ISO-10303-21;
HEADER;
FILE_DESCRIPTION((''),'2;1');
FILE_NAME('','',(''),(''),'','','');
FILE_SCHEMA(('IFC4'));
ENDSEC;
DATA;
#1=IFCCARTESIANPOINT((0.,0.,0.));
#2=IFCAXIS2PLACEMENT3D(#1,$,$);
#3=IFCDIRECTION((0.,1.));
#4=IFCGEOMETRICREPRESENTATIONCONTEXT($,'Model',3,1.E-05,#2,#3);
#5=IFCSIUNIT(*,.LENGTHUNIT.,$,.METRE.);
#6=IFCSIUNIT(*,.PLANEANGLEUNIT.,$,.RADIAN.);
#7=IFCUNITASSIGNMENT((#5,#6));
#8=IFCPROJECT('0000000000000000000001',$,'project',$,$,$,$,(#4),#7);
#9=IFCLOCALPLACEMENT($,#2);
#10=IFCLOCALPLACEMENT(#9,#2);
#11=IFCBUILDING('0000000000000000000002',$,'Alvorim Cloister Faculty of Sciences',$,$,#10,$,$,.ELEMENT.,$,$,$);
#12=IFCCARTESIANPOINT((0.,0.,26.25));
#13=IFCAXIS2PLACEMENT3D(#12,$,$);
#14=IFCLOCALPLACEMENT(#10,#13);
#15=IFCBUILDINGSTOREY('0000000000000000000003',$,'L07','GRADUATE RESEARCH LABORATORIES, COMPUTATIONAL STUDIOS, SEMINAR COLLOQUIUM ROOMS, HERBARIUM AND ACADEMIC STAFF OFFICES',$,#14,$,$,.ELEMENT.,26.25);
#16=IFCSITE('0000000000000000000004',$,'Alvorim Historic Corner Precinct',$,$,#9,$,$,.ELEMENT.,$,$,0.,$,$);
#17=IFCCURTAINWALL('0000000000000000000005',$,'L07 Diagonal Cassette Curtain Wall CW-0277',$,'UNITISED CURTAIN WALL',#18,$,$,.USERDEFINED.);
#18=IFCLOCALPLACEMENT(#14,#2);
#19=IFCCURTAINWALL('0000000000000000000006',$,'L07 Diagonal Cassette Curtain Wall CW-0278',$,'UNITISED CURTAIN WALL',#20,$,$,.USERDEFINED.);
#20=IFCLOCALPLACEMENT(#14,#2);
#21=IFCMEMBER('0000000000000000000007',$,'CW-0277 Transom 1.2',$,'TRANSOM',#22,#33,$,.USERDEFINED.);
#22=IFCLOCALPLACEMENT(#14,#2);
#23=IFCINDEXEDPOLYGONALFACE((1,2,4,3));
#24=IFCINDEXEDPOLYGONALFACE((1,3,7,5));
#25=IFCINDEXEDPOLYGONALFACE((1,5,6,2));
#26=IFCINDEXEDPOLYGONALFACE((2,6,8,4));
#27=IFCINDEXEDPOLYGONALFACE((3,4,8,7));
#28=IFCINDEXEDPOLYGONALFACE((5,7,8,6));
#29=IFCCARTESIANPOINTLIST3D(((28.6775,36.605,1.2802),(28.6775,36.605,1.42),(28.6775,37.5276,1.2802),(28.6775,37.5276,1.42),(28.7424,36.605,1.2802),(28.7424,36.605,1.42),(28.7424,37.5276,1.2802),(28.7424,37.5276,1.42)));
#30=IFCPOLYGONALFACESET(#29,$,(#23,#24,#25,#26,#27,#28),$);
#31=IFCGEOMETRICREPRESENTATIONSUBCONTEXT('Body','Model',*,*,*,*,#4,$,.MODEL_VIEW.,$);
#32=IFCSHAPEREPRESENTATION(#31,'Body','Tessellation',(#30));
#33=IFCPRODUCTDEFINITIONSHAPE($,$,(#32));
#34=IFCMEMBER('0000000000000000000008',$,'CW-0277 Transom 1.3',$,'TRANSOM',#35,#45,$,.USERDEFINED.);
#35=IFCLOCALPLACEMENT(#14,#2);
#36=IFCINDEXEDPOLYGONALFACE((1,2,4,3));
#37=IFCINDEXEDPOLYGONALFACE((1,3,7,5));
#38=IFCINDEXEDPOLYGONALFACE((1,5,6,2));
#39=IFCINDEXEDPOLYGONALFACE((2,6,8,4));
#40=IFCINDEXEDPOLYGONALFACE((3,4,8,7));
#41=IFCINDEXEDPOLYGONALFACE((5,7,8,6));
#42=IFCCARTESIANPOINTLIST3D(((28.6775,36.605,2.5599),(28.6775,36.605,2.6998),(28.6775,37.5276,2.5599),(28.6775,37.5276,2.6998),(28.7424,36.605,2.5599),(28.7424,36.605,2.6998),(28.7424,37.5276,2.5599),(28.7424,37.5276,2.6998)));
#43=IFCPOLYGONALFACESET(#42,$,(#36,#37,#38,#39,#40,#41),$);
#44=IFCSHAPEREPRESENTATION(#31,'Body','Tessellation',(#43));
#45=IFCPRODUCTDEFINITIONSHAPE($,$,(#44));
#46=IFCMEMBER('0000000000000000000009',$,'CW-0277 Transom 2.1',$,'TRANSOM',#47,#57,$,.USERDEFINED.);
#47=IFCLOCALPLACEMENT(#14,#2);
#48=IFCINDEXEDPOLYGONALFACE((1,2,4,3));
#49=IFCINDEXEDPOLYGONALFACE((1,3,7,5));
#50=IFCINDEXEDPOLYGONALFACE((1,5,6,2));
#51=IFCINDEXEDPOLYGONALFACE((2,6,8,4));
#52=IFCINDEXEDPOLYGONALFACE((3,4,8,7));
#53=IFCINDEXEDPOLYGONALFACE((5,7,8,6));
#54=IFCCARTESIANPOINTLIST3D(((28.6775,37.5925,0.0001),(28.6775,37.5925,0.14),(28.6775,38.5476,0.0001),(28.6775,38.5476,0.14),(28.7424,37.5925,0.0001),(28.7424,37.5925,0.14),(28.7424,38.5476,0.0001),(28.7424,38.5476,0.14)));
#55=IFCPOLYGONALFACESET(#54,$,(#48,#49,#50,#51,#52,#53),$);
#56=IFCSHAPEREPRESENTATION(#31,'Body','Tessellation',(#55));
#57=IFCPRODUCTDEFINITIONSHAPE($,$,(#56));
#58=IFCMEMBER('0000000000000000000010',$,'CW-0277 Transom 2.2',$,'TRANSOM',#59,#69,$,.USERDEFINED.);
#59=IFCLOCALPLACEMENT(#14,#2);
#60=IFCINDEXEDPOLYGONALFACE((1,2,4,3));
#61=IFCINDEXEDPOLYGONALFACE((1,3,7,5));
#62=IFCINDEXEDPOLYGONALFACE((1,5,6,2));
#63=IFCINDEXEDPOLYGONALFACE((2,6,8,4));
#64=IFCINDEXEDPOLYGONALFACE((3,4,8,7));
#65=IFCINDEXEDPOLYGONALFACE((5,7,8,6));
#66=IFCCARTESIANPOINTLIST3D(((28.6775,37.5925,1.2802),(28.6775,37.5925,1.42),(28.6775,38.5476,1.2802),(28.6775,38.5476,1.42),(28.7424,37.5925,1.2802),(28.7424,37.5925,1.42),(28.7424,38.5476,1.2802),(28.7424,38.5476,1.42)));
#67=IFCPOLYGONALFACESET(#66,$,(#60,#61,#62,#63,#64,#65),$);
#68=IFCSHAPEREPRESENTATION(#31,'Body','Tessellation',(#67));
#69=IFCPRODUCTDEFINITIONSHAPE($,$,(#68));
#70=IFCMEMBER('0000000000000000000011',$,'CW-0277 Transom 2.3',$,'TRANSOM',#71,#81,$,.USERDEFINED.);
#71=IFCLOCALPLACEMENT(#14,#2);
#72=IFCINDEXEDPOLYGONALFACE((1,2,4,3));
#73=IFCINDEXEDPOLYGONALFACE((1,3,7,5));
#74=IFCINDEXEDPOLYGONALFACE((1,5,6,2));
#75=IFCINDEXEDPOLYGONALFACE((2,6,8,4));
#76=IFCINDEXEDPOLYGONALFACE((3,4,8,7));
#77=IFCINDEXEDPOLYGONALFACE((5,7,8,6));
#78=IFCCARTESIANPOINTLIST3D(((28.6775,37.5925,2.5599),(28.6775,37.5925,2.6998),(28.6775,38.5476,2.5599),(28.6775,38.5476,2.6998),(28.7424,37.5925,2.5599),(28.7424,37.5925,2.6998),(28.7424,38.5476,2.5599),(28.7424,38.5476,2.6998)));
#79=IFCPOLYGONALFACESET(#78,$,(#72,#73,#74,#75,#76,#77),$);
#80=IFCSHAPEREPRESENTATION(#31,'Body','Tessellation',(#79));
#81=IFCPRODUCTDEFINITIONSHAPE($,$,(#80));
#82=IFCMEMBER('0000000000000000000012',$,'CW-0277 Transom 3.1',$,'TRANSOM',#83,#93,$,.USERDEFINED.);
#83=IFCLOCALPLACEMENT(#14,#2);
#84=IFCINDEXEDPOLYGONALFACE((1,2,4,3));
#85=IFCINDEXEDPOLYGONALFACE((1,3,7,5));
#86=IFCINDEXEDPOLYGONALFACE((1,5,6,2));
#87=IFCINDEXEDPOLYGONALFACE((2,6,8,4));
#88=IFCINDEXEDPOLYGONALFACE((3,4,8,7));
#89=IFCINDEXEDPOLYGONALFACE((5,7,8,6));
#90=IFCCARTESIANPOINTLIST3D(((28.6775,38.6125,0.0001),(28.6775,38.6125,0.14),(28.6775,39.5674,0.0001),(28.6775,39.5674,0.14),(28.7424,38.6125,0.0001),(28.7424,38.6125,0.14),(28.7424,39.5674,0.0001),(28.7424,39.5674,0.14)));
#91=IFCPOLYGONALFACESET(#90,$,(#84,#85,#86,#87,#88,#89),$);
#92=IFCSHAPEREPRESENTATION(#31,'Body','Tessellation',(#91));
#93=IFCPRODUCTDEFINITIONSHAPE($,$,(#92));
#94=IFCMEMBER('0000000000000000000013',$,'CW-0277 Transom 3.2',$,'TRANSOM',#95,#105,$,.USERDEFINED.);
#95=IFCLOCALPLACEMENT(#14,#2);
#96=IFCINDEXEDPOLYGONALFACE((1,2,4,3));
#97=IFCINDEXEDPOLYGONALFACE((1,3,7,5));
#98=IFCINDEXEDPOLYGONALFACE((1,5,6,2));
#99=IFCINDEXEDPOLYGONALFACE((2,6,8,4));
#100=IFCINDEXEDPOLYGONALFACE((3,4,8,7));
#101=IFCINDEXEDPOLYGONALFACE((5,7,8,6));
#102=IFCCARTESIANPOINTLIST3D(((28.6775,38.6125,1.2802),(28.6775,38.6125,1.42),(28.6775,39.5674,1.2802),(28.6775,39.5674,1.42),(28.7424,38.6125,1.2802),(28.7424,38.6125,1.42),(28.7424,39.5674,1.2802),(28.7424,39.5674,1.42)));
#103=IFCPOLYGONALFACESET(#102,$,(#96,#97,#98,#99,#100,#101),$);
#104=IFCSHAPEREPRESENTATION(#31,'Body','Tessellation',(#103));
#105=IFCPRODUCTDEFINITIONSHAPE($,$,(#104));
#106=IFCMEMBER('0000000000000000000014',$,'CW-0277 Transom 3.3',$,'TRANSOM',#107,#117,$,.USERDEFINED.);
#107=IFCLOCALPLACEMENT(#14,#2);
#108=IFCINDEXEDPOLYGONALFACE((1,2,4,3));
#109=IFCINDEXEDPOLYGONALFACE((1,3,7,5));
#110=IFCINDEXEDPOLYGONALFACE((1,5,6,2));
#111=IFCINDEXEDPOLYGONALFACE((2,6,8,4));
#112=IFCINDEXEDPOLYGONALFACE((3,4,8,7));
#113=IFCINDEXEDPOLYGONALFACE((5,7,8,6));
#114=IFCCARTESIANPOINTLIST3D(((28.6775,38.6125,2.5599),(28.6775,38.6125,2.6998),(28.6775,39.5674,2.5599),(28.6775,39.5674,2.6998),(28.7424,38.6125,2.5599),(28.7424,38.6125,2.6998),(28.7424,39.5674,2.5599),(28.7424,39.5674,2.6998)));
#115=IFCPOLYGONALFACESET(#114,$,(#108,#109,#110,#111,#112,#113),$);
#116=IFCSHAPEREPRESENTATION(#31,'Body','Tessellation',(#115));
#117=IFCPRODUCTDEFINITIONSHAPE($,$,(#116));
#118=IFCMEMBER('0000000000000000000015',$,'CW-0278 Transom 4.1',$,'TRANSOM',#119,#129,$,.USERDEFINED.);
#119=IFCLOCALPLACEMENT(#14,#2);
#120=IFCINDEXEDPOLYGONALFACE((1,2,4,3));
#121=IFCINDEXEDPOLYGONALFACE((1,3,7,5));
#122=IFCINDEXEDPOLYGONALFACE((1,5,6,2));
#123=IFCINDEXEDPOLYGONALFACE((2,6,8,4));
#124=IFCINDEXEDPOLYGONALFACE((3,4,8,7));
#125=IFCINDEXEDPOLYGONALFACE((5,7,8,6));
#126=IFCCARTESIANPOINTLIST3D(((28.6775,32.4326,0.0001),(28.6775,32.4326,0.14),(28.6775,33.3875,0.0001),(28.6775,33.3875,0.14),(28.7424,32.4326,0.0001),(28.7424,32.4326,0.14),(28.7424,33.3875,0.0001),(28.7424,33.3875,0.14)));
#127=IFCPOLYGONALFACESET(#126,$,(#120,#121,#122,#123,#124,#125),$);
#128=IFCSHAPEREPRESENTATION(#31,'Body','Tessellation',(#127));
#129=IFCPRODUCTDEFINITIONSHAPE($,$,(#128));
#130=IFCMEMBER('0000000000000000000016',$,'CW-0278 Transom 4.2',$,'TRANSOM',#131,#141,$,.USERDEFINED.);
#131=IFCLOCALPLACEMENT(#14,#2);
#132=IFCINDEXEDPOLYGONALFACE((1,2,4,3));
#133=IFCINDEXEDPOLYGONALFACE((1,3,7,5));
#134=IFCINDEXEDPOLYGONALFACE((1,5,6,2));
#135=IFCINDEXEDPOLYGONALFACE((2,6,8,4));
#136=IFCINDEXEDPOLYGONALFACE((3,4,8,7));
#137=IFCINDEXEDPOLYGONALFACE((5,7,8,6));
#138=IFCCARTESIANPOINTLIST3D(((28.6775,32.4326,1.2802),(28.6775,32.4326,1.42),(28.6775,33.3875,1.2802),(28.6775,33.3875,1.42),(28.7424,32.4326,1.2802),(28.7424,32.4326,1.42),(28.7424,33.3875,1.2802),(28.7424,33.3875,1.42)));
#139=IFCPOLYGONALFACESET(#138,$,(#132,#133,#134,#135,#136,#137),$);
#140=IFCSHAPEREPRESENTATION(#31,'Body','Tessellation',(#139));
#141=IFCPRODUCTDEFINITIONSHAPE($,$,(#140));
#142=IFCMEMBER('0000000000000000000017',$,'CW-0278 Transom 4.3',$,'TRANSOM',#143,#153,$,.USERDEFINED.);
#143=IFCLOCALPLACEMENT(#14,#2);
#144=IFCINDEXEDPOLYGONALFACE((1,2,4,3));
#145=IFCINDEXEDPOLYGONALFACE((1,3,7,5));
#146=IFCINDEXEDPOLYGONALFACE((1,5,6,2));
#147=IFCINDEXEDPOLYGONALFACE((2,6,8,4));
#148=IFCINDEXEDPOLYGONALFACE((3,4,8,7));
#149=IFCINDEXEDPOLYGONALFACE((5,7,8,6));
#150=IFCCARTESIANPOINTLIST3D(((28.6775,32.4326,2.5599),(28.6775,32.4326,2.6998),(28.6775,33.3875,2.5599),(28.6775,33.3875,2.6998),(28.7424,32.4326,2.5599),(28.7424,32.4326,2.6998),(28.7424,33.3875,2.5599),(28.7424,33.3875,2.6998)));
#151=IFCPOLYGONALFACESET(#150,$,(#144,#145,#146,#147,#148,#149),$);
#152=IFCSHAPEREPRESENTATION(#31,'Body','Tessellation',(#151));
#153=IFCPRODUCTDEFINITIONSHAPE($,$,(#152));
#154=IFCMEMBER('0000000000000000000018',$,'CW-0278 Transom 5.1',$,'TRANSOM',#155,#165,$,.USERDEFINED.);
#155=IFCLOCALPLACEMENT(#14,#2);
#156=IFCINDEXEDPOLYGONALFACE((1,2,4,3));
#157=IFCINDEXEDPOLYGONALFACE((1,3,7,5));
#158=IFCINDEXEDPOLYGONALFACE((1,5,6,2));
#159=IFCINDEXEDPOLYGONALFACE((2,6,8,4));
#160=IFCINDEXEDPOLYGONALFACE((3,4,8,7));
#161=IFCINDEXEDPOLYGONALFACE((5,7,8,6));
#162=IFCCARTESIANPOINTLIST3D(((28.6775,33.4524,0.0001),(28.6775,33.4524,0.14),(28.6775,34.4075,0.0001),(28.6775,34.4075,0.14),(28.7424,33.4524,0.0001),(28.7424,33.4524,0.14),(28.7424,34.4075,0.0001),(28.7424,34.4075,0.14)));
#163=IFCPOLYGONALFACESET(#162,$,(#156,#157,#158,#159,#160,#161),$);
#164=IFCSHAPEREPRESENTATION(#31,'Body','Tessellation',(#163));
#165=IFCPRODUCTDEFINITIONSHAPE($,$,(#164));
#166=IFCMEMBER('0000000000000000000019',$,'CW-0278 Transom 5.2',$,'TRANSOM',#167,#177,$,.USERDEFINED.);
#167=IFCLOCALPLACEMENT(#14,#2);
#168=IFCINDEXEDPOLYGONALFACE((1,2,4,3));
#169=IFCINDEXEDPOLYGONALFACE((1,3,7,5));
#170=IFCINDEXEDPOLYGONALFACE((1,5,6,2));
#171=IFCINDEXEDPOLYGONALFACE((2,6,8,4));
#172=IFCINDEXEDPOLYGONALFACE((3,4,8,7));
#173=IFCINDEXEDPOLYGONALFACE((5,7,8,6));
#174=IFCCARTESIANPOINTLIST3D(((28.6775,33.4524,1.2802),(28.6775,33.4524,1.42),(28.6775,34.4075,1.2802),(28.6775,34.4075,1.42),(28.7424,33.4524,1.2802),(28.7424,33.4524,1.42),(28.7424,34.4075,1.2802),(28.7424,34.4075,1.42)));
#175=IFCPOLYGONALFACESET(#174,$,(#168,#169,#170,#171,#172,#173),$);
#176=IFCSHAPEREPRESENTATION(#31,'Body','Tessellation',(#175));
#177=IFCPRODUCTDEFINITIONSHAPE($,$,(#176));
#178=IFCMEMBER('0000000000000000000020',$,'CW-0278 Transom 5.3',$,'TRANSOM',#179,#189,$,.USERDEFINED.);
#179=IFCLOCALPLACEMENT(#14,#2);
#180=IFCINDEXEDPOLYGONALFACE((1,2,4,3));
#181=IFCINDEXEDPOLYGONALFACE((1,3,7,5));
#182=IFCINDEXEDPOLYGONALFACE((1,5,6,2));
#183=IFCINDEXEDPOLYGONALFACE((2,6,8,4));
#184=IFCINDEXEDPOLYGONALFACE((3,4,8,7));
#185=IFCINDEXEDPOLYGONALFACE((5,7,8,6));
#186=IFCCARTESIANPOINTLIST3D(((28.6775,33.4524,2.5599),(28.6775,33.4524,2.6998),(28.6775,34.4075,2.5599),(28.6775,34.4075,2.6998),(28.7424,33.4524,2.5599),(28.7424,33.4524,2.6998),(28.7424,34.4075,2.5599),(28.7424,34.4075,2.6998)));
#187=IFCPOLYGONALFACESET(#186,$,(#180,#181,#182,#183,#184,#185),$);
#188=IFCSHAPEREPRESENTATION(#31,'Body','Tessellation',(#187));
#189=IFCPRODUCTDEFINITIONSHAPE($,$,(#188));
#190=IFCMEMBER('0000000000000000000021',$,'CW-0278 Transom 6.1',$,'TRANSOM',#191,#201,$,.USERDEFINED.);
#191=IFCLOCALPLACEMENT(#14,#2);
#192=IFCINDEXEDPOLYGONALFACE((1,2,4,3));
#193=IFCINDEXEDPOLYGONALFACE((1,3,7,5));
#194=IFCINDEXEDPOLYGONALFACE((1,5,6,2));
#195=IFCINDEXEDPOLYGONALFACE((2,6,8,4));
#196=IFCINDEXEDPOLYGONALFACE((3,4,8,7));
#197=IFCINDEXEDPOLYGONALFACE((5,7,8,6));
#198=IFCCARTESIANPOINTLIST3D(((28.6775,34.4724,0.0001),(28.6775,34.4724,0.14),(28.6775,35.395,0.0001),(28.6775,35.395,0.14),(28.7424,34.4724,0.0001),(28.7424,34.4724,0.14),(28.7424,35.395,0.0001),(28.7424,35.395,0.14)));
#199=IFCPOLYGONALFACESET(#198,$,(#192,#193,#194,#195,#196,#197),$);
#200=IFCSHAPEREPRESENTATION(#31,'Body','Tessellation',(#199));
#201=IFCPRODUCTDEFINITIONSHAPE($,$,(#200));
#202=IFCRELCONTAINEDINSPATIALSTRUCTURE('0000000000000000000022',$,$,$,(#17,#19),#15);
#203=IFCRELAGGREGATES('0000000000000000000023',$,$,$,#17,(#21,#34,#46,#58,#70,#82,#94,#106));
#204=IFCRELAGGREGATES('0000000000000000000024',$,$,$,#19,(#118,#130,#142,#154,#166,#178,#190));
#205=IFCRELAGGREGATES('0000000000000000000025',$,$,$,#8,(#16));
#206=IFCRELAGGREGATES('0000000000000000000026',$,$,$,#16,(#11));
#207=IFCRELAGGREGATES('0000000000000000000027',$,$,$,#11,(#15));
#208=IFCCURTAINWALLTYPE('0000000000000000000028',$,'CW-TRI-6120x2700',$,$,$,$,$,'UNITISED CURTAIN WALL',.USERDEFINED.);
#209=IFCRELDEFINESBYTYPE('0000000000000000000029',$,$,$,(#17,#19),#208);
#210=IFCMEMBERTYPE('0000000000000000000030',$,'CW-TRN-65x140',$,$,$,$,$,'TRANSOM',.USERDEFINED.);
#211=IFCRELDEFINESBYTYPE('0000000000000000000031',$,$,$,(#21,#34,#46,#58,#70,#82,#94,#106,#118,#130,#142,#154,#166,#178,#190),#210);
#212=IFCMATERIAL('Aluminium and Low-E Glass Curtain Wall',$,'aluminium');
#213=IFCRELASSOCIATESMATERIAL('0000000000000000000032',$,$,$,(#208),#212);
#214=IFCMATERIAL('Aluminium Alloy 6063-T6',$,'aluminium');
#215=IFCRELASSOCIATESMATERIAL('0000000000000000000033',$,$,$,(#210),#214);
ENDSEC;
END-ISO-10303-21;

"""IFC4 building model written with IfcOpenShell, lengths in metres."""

from ifc_helpers import new_model, si_unit, direction, frame, origin, origin_2d, place, context, subcontext, project, spatial, rectangle, extrude, material, material_profile, profile_set, type_object, element, aggregate, save


model = new_model("IFC4")

# Units and contexts
model_context = context("Model", 3, precision=1e-05, world=origin(), true_north=direction((0.0, 1.0)))
body_context = subcontext(model_context, "Body", "Model", "MODEL_VIEW")
ifc_project = project(units=[si_unit("LENGTHUNIT", "METRE"), si_unit("PLANEANGLEUNIT", "RADIAN")], contexts=[model_context])

# Site, building, storey
site_placement = place(None, origin())
site = spatial("IfcSite", under=ifc_project, at=site_placement, Name="Alvorim Historic Corner Precinct", CompositionType="ELEMENT", RefElevation=0.0)
building_placement = place(site_placement, origin())
building = spatial("IfcBuilding", under=site, at=building_placement, Name="Alvorim Cloister Faculty of Sciences", CompositionType="ELEMENT")
storey_placement = place(building_placement, frame((0.0, 0.0, 26.25)))
storey = spatial("IfcBuildingStorey", under=building, at=storey_placement, Name="L07", Description="GRADUATE RESEARCH LABORATORIES, COMPUTATIONAL STUDIOS, SEMINAR COLLOQUIUM ROOMS, HERBARIUM AND ACADEMIC STAFF OFFICES", CompositionType="ELEMENT", Elevation=26.25)

# Curtain walls
ifc_material_1 = material(Name="Aluminium and Low-E Glass Curtain Wall", Category="aluminium")
curtain_wall_type = type_object("IfcCurtainWallType", Name="CW-TRI-6120x2700", ElementType="UNITISED CURTAIN WALL", PredefinedType="USERDEFINED", material=ifc_material_1)
curtain_wall_1_placement = place(storey_placement, origin())
curtain_wall_1 = element("IfcCurtainWall", 1, at=curtain_wall_1_placement, inside=storey, type_object=curtain_wall_type, Name="L07 Diagonal Cassette Curtain Wall CW-0277", ObjectType="UNITISED CURTAIN WALL", PredefinedType="USERDEFINED")
ifc_material_2 = material(Name="Aluminium Alloy 6063-T6", Category="aluminium")
curtain_wall_2_placement = place(storey_placement, origin())
curtain_wall_2 = element("IfcCurtainWall", 2, at=curtain_wall_2_placement, inside=storey, type_object=curtain_wall_type, Name="L07 Diagonal Cassette Curtain Wall CW-0278", ObjectType="UNITISED CURTAIN WALL", PredefinedType="USERDEFINED")

# Members
ifc_material_profile_1 = material_profile(ifc_material_2, rectangle(XDim=0.0649, YDim=0.1399, at=origin_2d()), Name="ALU-TRN-65x140")
ifc_profile_set_1 = profile_set([ifc_material_profile_1], Name="Aluminium Alloy 6063-T6")
member_type_1 = type_object("IfcMemberType", Name="CW-TRN-65x140", ElementType="TRANSOM", PredefinedType="USERDEFINED", material=ifc_profile_set_1)
member_1_placement = place(storey_placement, frame((28.71, 36.605, 1.3501), z_axis=(0.0, 1.0, 0.0), x_axis=(-1.0, 0.0, 0.0)))
member_1 = element("IfcMember", 3, at=member_1_placement, type_object=member_type_1, Name="CW-0277 Transom 1.2", ObjectType="TRANSOM", PredefinedType="USERDEFINED", context=body_context, shape_type="SweptSolid", body=[
    extrude(rectangle(XDim=0.0649, YDim=0.1399, at=origin_2d()), origin(), (0.0, 0.0, 1.0), 0.9226),
])
member_2_placement = place(storey_placement, frame((28.71, 36.605, 2.6299), z_axis=(0.0, 1.0, 0.0), x_axis=(-1.0, 0.0, 0.0)))
member_2 = element("IfcMember", 4, at=member_2_placement, type_object=member_type_1, Name="CW-0277 Transom 1.3", ObjectType="TRANSOM", PredefinedType="USERDEFINED", context=body_context, shape_type="SweptSolid", body=[
    extrude(rectangle(XDim=0.0649, YDim=0.1399, at=origin_2d()), origin(), (0.0, 0.0, 1.0), 0.9226),
])
member_3_placement = place(storey_placement, frame((28.71, 37.5925, 0.0701), z_axis=(0.0, 1.0, 0.0), x_axis=(-1.0, 0.0, 0.0)))
member_3 = element("IfcMember", 5, at=member_3_placement, type_object=member_type_1, Name="CW-0277 Transom 2.1", ObjectType="TRANSOM", PredefinedType="USERDEFINED", context=body_context, shape_type="SweptSolid", body=[
    extrude(rectangle(XDim=0.0649, YDim=0.1399, at=origin_2d()), origin(), (0.0, 0.0, 1.0), 0.9551),
])
member_4_placement = place(storey_placement, frame((28.71, 37.5925, 1.3501), z_axis=(0.0, 1.0, 0.0), x_axis=(-1.0, 0.0, 0.0)))
member_4 = element("IfcMember", 6, at=member_4_placement, type_object=member_type_1, Name="CW-0277 Transom 2.2", ObjectType="TRANSOM", PredefinedType="USERDEFINED", context=body_context, shape_type="SweptSolid", body=[
    extrude(rectangle(XDim=0.0649, YDim=0.1399, at=origin_2d()), origin(), (0.0, 0.0, 1.0), 0.9551),
])
member_5_placement = place(storey_placement, frame((28.71, 37.5925, 2.6299), z_axis=(0.0, 1.0, 0.0), x_axis=(-1.0, 0.0, 0.0)))
member_5 = element("IfcMember", 7, at=member_5_placement, type_object=member_type_1, Name="CW-0277 Transom 2.3", ObjectType="TRANSOM", PredefinedType="USERDEFINED", context=body_context, shape_type="SweptSolid", body=[
    extrude(rectangle(XDim=0.0649, YDim=0.1399, at=origin_2d()), origin(), (0.0, 0.0, 1.0), 0.9551),
])
member_6_placement = place(storey_placement, frame((28.71, 38.6125, 0.0701), z_axis=(0.0, 1.0, 0.0), x_axis=(-1.0, 0.0, 0.0)))
member_6 = element("IfcMember", 8, at=member_6_placement, type_object=member_type_1, Name="CW-0277 Transom 3.1", ObjectType="TRANSOM", PredefinedType="USERDEFINED", context=body_context, shape_type="SweptSolid", body=[
    extrude(rectangle(XDim=0.0649, YDim=0.1399, at=origin_2d()), origin(), (0.0, 0.0, 1.0), 0.9548),
])
member_7_placement = place(storey_placement, frame((28.71, 38.6125, 1.3501), z_axis=(0.0, 1.0, 0.0), x_axis=(-1.0, 0.0, 0.0)))
member_7 = element("IfcMember", 9, at=member_7_placement, type_object=member_type_1, Name="CW-0277 Transom 3.2", ObjectType="TRANSOM", PredefinedType="USERDEFINED", context=body_context, shape_type="SweptSolid", body=[
    extrude(rectangle(XDim=0.0649, YDim=0.1399, at=origin_2d()), origin(), (0.0, 0.0, 1.0), 0.9548),
])
member_8_placement = place(storey_placement, frame((28.71, 38.6125, 2.6299), z_axis=(0.0, 1.0, 0.0), x_axis=(-1.0, 0.0, 0.0)))
member_8 = element("IfcMember", 10, at=member_8_placement, type_object=member_type_1, Name="CW-0277 Transom 3.3", ObjectType="TRANSOM", PredefinedType="USERDEFINED", context=body_context, shape_type="SweptSolid", body=[
    extrude(rectangle(XDim=0.0649, YDim=0.1399, at=origin_2d()), origin(), (0.0, 0.0, 1.0), 0.9548),
])
aggregate(curtain_wall_1, [member_1, member_2, member_3, member_4, member_5, member_6, member_7, member_8])
member_9_placement = place(storey_placement, frame((28.71, 32.4326, 0.0701), z_axis=(0.0, 1.0, 0.0), x_axis=(-1.0, 0.0, 0.0)))
member_9 = element("IfcMember", 11, at=member_9_placement, type_object=member_type_1, Name="CW-0278 Transom 4.1", ObjectType="TRANSOM", PredefinedType="USERDEFINED", context=body_context, shape_type="SweptSolid", body=[
    extrude(rectangle(XDim=0.0649, YDim=0.1399, at=origin_2d()), origin(), (0.0, 0.0, 1.0), 0.9548),
])
member_10_placement = place(storey_placement, frame((28.71, 32.4326, 1.3501), z_axis=(0.0, 1.0, 0.0), x_axis=(-1.0, 0.0, 0.0)))
member_10 = element("IfcMember", 12, at=member_10_placement, type_object=member_type_1, Name="CW-0278 Transom 4.2", ObjectType="TRANSOM", PredefinedType="USERDEFINED", context=body_context, shape_type="SweptSolid", body=[
    extrude(rectangle(XDim=0.0649, YDim=0.1399, at=origin_2d()), origin(), (0.0, 0.0, 1.0), 0.9548),
])
member_11_placement = place(storey_placement, frame((28.71, 32.4326, 2.6299), z_axis=(0.0, 1.0, 0.0), x_axis=(-1.0, 0.0, 0.0)))
member_11 = element("IfcMember", 13, at=member_11_placement, type_object=member_type_1, Name="CW-0278 Transom 4.3", ObjectType="TRANSOM", PredefinedType="USERDEFINED", context=body_context, shape_type="SweptSolid", body=[
    extrude(rectangle(XDim=0.0649, YDim=0.1399, at=origin_2d()), origin(), (0.0, 0.0, 1.0), 0.9548),
])
member_12_placement = place(storey_placement, frame((28.71, 33.4524, 0.0701), z_axis=(0.0, 1.0, 0.0), x_axis=(-1.0, 0.0, 0.0)))
member_12 = element("IfcMember", 14, at=member_12_placement, type_object=member_type_1, Name="CW-0278 Transom 5.1", ObjectType="TRANSOM", PredefinedType="USERDEFINED", context=body_context, shape_type="SweptSolid", body=[
    extrude(rectangle(XDim=0.0649, YDim=0.1399, at=origin_2d()), origin(), (0.0, 0.0, 1.0), 0.9551),
])
member_13_placement = place(storey_placement, frame((28.71, 33.4524, 1.3501), z_axis=(0.0, 1.0, 0.0), x_axis=(-1.0, 0.0, 0.0)))
member_13 = element("IfcMember", 15, at=member_13_placement, type_object=member_type_1, Name="CW-0278 Transom 5.2", ObjectType="TRANSOM", PredefinedType="USERDEFINED", context=body_context, shape_type="SweptSolid", body=[
    extrude(rectangle(XDim=0.0649, YDim=0.1399, at=origin_2d()), origin(), (0.0, 0.0, 1.0), 0.9551),
])
member_14_placement = place(storey_placement, frame((28.71, 33.4524, 2.6299), z_axis=(0.0, 1.0, 0.0), x_axis=(-1.0, 0.0, 0.0)))
member_14 = element("IfcMember", 16, at=member_14_placement, type_object=member_type_1, Name="CW-0278 Transom 5.3", ObjectType="TRANSOM", PredefinedType="USERDEFINED", context=body_context, shape_type="SweptSolid", body=[
    extrude(rectangle(XDim=0.0649, YDim=0.1399, at=origin_2d()), origin(), (0.0, 0.0, 1.0), 0.9551),
])
member_15_placement = place(storey_placement, frame((28.71, 34.4724, 0.0701), z_axis=(0.0, 1.0, 0.0), x_axis=(-1.0, 0.0, 0.0)))
member_15 = element("IfcMember", 17, at=member_15_placement, type_object=member_type_1, Name="CW-0278 Transom 6.1", ObjectType="TRANSOM", PredefinedType="USERDEFINED", context=body_context, shape_type="SweptSolid", body=[
    extrude(rectangle(XDim=0.0649, YDim=0.1399, at=origin_2d()), origin(), (0.0, 0.0, 1.0), 0.9226),
])
aggregate(curtain_wall_2, [member_9, member_10, member_11, member_12, member_13, member_14, member_15])

save(model, "model.ifc")
